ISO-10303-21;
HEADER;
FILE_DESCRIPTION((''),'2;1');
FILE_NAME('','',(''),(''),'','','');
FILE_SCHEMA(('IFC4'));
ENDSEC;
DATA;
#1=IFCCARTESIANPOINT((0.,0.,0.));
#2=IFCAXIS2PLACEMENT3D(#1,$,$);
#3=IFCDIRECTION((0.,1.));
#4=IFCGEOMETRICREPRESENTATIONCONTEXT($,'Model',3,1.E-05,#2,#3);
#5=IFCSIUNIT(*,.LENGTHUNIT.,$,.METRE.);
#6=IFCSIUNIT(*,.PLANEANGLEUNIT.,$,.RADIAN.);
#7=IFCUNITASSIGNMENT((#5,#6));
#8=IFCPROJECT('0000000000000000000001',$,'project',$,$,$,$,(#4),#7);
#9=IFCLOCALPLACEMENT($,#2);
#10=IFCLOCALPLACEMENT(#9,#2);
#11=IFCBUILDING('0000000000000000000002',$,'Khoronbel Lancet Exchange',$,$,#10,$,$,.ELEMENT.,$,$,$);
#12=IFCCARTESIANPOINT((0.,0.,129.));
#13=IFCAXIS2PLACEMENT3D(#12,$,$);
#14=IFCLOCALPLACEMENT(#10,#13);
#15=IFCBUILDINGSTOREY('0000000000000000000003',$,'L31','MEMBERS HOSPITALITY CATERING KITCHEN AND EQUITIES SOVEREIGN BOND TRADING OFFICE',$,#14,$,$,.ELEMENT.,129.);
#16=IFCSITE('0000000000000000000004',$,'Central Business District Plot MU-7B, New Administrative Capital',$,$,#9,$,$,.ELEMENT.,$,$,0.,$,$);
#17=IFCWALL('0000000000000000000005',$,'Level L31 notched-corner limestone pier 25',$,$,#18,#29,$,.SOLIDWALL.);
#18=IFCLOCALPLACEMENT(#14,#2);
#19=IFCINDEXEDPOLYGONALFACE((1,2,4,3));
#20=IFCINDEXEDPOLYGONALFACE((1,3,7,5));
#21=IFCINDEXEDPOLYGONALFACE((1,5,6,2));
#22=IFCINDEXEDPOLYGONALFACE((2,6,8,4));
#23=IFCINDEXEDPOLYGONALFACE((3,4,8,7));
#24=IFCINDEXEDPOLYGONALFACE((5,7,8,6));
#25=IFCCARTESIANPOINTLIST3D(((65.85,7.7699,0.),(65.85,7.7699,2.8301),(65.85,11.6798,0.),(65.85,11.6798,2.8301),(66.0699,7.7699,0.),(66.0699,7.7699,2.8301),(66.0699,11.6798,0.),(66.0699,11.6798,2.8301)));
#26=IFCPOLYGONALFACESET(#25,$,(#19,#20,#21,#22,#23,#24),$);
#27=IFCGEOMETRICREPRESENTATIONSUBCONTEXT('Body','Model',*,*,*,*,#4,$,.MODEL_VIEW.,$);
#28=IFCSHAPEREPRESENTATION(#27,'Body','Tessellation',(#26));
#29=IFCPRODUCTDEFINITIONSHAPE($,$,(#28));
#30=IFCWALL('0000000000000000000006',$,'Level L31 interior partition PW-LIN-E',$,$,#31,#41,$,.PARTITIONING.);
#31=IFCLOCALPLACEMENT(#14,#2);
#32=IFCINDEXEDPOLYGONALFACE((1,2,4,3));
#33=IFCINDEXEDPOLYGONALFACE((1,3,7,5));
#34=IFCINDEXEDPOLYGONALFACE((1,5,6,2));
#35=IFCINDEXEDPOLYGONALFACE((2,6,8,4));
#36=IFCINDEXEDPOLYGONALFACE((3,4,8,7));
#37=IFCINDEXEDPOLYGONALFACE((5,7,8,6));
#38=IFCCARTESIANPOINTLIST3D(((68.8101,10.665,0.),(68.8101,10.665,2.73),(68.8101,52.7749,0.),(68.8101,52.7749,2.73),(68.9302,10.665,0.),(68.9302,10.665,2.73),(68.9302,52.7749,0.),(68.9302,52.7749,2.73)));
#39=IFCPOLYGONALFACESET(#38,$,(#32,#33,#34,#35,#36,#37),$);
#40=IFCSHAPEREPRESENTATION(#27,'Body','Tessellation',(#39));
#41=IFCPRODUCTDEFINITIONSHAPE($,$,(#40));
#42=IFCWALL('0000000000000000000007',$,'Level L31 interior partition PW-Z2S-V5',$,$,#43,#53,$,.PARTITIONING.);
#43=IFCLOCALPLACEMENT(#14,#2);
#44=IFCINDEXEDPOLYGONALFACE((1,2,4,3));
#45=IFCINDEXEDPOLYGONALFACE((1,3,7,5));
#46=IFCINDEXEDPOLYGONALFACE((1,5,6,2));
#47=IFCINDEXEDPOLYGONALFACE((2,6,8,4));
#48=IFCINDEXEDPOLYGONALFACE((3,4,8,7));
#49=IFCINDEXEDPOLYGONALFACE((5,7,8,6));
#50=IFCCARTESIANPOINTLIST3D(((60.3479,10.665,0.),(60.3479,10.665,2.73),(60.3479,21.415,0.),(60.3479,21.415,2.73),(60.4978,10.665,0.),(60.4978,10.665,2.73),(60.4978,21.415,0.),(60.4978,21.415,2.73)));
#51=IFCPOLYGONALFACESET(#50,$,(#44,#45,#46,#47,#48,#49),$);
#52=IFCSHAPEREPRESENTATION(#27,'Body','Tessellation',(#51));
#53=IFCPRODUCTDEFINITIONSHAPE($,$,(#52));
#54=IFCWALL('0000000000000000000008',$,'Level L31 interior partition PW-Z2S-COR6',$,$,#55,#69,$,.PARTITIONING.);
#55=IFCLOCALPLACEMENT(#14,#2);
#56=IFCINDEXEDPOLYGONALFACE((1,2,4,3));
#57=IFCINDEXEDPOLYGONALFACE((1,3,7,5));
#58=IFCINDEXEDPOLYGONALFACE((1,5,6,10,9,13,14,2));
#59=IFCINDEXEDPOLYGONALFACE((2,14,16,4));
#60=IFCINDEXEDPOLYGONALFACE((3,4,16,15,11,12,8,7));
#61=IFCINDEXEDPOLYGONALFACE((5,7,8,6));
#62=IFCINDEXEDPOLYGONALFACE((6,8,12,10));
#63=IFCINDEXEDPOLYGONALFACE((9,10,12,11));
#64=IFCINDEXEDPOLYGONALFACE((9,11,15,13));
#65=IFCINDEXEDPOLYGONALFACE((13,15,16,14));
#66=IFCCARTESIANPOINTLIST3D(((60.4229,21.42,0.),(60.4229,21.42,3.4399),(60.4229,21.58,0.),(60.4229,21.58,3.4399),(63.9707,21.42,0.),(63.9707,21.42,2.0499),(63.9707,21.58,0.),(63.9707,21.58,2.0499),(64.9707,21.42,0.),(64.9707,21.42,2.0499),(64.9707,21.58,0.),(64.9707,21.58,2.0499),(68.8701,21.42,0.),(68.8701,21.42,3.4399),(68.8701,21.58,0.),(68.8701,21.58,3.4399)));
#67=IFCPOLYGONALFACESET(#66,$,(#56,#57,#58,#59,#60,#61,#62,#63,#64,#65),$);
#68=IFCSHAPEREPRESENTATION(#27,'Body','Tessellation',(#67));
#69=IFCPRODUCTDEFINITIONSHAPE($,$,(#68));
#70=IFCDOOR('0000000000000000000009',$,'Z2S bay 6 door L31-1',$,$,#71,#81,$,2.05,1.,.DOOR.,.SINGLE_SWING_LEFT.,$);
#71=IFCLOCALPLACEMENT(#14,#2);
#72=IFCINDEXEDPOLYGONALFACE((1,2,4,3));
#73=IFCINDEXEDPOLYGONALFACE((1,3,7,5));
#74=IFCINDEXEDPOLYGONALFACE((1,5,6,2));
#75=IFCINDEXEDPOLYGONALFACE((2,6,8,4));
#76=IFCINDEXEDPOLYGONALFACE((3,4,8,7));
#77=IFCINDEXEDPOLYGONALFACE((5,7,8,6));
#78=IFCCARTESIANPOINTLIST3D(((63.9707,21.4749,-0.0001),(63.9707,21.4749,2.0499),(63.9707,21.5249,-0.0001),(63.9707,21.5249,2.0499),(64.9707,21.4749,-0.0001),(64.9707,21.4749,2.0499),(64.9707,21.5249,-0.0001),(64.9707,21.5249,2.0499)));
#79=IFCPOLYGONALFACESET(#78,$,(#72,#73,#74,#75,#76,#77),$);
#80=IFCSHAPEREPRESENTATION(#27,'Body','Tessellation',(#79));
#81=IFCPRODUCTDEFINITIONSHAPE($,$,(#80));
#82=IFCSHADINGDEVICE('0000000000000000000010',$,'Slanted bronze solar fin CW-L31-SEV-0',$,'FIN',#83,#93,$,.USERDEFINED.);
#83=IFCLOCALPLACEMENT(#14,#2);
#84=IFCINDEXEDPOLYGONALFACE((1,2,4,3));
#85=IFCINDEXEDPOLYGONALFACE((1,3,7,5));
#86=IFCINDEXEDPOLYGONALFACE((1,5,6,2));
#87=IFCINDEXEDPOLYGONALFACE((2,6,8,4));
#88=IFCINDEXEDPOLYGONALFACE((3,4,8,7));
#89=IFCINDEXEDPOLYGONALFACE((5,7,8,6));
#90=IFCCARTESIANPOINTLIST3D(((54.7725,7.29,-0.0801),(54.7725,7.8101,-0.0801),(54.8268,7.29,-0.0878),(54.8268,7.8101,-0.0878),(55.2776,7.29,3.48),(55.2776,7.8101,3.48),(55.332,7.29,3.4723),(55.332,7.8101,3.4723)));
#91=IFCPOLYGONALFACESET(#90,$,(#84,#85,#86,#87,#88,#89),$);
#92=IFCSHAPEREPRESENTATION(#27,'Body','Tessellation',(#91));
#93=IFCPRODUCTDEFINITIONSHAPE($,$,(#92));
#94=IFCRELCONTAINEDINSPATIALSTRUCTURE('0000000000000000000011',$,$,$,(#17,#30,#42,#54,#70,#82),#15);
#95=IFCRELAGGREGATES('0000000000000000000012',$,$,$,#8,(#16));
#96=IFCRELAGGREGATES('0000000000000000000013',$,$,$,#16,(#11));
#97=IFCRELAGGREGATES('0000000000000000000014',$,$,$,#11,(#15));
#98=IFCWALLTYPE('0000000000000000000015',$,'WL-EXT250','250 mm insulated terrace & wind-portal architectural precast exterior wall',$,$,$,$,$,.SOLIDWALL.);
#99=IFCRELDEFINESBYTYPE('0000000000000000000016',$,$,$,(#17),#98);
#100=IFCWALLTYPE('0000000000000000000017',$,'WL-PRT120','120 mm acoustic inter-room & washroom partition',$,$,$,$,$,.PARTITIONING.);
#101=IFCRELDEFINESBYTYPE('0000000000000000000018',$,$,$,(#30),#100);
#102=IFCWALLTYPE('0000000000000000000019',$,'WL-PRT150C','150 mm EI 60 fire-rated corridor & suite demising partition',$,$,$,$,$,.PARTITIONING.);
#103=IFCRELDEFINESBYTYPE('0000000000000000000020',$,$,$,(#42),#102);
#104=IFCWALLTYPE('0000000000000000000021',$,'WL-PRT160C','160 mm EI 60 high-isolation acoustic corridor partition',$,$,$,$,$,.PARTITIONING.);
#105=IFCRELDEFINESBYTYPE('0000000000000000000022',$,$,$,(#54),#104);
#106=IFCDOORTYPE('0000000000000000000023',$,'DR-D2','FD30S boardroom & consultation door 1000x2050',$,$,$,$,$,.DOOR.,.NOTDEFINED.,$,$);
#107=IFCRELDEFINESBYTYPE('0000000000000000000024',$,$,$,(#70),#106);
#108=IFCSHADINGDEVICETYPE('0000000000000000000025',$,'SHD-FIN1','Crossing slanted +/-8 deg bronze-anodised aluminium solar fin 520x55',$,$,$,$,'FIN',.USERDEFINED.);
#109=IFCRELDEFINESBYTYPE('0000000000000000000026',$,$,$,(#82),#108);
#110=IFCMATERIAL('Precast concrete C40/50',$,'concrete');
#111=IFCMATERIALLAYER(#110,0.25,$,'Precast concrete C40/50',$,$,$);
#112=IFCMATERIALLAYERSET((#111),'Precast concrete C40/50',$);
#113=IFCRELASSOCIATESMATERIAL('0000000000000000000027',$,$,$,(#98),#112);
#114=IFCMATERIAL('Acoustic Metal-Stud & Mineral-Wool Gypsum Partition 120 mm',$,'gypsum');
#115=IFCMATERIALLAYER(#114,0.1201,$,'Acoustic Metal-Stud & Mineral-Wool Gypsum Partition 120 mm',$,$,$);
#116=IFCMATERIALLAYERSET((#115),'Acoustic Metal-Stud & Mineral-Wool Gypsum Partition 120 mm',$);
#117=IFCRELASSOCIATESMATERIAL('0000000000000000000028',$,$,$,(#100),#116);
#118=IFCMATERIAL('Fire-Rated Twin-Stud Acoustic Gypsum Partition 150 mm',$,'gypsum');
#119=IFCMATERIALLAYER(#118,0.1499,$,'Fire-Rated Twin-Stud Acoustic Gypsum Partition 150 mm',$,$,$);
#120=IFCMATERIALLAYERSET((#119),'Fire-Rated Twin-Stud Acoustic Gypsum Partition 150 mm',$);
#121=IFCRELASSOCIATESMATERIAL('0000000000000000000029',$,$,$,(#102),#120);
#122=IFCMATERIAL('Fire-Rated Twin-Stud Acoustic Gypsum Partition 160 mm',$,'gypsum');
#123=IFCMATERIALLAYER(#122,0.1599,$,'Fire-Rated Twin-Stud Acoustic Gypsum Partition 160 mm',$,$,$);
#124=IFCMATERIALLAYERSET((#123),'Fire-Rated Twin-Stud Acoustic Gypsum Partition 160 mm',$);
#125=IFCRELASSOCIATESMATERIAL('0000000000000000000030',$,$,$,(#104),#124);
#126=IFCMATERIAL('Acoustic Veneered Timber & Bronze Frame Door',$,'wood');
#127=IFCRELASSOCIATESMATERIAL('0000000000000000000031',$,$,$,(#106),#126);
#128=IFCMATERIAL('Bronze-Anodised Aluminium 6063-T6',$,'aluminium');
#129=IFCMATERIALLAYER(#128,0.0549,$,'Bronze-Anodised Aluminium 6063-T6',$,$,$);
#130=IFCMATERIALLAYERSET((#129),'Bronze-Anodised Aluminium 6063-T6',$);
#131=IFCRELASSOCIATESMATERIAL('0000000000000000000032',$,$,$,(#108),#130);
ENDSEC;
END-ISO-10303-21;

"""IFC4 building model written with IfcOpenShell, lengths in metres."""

from ifc_helpers import new_model, si_unit, direction, frame, frame_2d, origin, place, context, subcontext, project, spatial, polyline, rectangle, outline, extrude, material, layer, layer_set, type_object, element, fill, save


model = new_model("IFC4")

# Units and contexts
model_context = context("Model", 3, precision=1e-05, world=origin(), true_north=direction((0.0, 1.0)))
body_context = subcontext(model_context, "Body", "Model", "MODEL_VIEW")
ifc_project = project(units=[si_unit("LENGTHUNIT", "METRE"), si_unit("PLANEANGLEUNIT", "RADIAN")], contexts=[model_context])

# Site, building, storey
site_placement = place(None, origin())
site = spatial("IfcSite", under=ifc_project, at=site_placement, Name="Central Business District Plot MU-7B, New Administrative Capital", CompositionType="ELEMENT", RefElevation=0.0)
building_placement = place(site_placement, origin())
building = spatial("IfcBuilding", under=site, at=building_placement, Name="Khoronbel Lancet Exchange", CompositionType="ELEMENT")
storey_placement = place(building_placement, frame((0.0, 0.0, 129.0)))
storey = spatial("IfcBuildingStorey", under=building, at=storey_placement, Name="L31", Description="MEMBERS HOSPITALITY CATERING KITCHEN AND EQUITIES SOVEREIGN BOND TRADING OFFICE", CompositionType="ELEMENT", Elevation=129.0)

# Shared definitions
ifc_material_1 = material(Name="Bronze-Anodised Aluminium 6063-T6", Category="aluminium")

# Walls
ifc_material_2 = material(Name="Precast concrete C40/50", Category="concrete")
ifc_layer_1 = layer(ifc_material_2, 0.25, Name="Precast concrete C40/50")
ifc_layer_set_1 = layer_set([ifc_layer_1], Name="Precast concrete C40/50")
wall_type_1 = type_object("IfcWallType", Name="WL-EXT250", Description="250 mm insulated terrace & wind-portal architectural precast exterior wall", PredefinedType="SOLIDWALL", material=ifc_layer_set_1)
wall_1_placement = place(storey_placement, frame((65.96, 11.6799, 0.0), z_axis=(0.0, 0.0, 1.0), x_axis=(0.0, -1.0, 0.0)))
element("IfcWall", 1, at=wall_1_placement, inside=storey, type_object=wall_type_1, Name="Level L31 notched-corner limestone pier 25", PredefinedType="SOLIDWALL", context=body_context, shape_type="SweptSolid", body=[
    extrude(rectangle(XDim=3.9099, YDim=0.22, at=frame_2d((1.9551, 0.0))), origin(), (0.0, 0.0, 1.0), 2.8301),
])
ifc_material_3 = material(Name="Acoustic Metal-Stud & Mineral-Wool Gypsum Partition 120 mm", Category="gypsum")
ifc_layer_2 = layer(ifc_material_3, 0.1201, Name="Acoustic Metal-Stud & Mineral-Wool Gypsum Partition 120 mm")
ifc_layer_set_2 = layer_set([ifc_layer_2], Name="Acoustic Metal-Stud & Mineral-Wool Gypsum Partition 120 mm")
wall_type_2 = type_object("IfcWallType", Name="WL-PRT120", Description="120 mm acoustic inter-room & washroom partition", PredefinedType="PARTITIONING", material=ifc_layer_set_2)
wall_2_placement = place(storey_placement, frame((68.8701, 10.665, 0.0), z_axis=(0.0, 0.0, 1.0), x_axis=(0.0, 1.0, 0.0)))
element("IfcWall", 2, at=wall_2_placement, inside=storey, type_object=wall_type_2, Name="Level L31 interior partition PW-LIN-E", PredefinedType="PARTITIONING", context=body_context, shape_type="SweptSolid", body=[
    extrude(rectangle(XDim=42.1099, YDim=0.1201, at=frame_2d((21.0549, 0.0))), origin(), (0.0, 0.0, 1.0), 2.73),
])
ifc_material_4 = material(Name="Fire-Rated Twin-Stud Acoustic Gypsum Partition 150 mm", Category="gypsum")
ifc_layer_3 = layer(ifc_material_4, 0.1499, Name="Fire-Rated Twin-Stud Acoustic Gypsum Partition 150 mm")
ifc_layer_set_3 = layer_set([ifc_layer_3], Name="Fire-Rated Twin-Stud Acoustic Gypsum Partition 150 mm")
wall_type_3 = type_object("IfcWallType", Name="WL-PRT150C", Description="150 mm EI 60 fire-rated corridor & suite demising partition", PredefinedType="PARTITIONING", material=ifc_layer_set_3)
wall_3_placement = place(storey_placement, frame((60.4229, 10.665, 0.0), z_axis=(0.0, 0.0, 1.0), x_axis=(0.0, 1.0, 0.0)))
element("IfcWall", 3, at=wall_3_placement, inside=storey, type_object=wall_type_3, Name="Level L31 interior partition PW-Z2S-V5", PredefinedType="PARTITIONING", context=body_context, shape_type="SweptSolid", body=[
    extrude(rectangle(XDim=10.75, YDim=0.1499, at=frame_2d((5.375, 0.0))), origin(), (0.0, 0.0, 1.0), 2.73),
])

# Wall, opening, door
ifc_material_5 = material(Name="Fire-Rated Twin-Stud Acoustic Gypsum Partition 160 mm", Category="gypsum")
ifc_layer_4 = layer(ifc_material_5, 0.1599, Name="Fire-Rated Twin-Stud Acoustic Gypsum Partition 160 mm")
ifc_layer_set_4 = layer_set([ifc_layer_4], Name="Fire-Rated Twin-Stud Acoustic Gypsum Partition 160 mm")
wall_type_4 = type_object("IfcWallType", Name="WL-PRT160C", Description="160 mm EI 60 high-isolation acoustic corridor partition", PredefinedType="PARTITIONING", material=ifc_layer_set_4)
wall_4_placement = place(storey_placement, frame((60.4229, 21.5, 0.0), z_axis=(0.0, 0.0, 1.0), x_axis=(1.0, 0.0, 0.0)))
wall_4 = element("IfcWall", 4, at=wall_4_placement, inside=storey, type_object=wall_type_4, Name="Level L31 interior partition PW-Z2S-COR6", PredefinedType="PARTITIONING", context=body_context, shape_type="SweptSolid", body=[
    extrude(rectangle(XDim=8.4473, YDim=0.1599, at=frame_2d((4.2236, 0.0))), origin(), (0.0, 0.0, 1.0), 3.4399),
])
opening_placement = place(wall_4_placement, frame((3.5479, 0.0, 0.0)))
opening = element("IfcOpeningElement", 5, at=opening_placement, cuts=wall_4, PredefinedType="OPENING", context=body_context, shape_type="SweptSolid", body=[
    extrude(rectangle(XDim=1.0, YDim=2.05, at=frame_2d((0.5, 1.0249))), frame((0.0, 0.0898, 0.0), z_axis=(0.0, -1.0, 0.0), x_axis=(1.0, 0.0, 0.0)), (0.0, 0.0, 1.0), 0.1799),
])
ifc_material_6 = material(Name="Acoustic Veneered Timber & Bronze Frame Door", Category="wood")
door_type = type_object("IfcDoorType", Name="DR-D2", Description="FD30S boardroom & consultation door 1000x2050", OperationType="NOTDEFINED", PredefinedType="DOOR", material=ifc_material_6)
door_placement = place(opening_placement, origin())
door = element("IfcDoor", 6, at=door_placement, inside=storey, type_object=door_type, Name="Z2S bay 6 door L31-1", OperationType="SINGLE_SWING_LEFT", OverallHeight=2.05, OverallWidth=1.0, PredefinedType="DOOR", context=body_context, shape_type="SweptSolid", body=[
    extrude(rectangle(XDim=1.0, YDim=2.05, at=frame_2d((0.5, 1.0249))), frame((0.0, 0.0249, 0.0), z_axis=(0.0, -1.0, 0.0), x_axis=(1.0, 0.0, 0.0)), (0.0, 0.0, 1.0), 0.05),
])
fill(opening, door)

# Shading device
ifc_layer_5 = layer(ifc_material_1, 0.0549, Name="Bronze-Anodised Aluminium 6063-T6")
ifc_layer_set_5 = layer_set([ifc_layer_5], Name="Bronze-Anodised Aluminium 6063-T6")
shading_device_type = type_object("IfcShadingDeviceType", Name="SHD-FIN1", Description="Crossing slanted +/-8 deg bronze-anodised aluminium solar fin 520x55", ElementType="FIN", PredefinedType="USERDEFINED", material=ifc_layer_set_5)
shading_device_placement = place(storey_placement, frame((54.7725, 7.8101, -0.0801), z_axis=(-0.990083, 0.0, 0.14048), x_axis=(0.0, -1.0, 0.0)))
element("IfcShadingDevice", 7, at=shading_device_placement, inside=storey, type_object=shading_device_type, Name="Slanted bronze solar fin CW-L31-SEV-0", ObjectType="FIN", PredefinedType="USERDEFINED", context=body_context, shape_type="SweptSolid", body=[
    extrude(outline(polyline([(0.0, 0.0), (0.52, 0.0), (0.52, 3.5957), (0.0, 3.5957), (0.0, 0.0)])), origin(), (0.0, 0.0, -1.0), 0.0549),
])

save(model, "model.ifc")
